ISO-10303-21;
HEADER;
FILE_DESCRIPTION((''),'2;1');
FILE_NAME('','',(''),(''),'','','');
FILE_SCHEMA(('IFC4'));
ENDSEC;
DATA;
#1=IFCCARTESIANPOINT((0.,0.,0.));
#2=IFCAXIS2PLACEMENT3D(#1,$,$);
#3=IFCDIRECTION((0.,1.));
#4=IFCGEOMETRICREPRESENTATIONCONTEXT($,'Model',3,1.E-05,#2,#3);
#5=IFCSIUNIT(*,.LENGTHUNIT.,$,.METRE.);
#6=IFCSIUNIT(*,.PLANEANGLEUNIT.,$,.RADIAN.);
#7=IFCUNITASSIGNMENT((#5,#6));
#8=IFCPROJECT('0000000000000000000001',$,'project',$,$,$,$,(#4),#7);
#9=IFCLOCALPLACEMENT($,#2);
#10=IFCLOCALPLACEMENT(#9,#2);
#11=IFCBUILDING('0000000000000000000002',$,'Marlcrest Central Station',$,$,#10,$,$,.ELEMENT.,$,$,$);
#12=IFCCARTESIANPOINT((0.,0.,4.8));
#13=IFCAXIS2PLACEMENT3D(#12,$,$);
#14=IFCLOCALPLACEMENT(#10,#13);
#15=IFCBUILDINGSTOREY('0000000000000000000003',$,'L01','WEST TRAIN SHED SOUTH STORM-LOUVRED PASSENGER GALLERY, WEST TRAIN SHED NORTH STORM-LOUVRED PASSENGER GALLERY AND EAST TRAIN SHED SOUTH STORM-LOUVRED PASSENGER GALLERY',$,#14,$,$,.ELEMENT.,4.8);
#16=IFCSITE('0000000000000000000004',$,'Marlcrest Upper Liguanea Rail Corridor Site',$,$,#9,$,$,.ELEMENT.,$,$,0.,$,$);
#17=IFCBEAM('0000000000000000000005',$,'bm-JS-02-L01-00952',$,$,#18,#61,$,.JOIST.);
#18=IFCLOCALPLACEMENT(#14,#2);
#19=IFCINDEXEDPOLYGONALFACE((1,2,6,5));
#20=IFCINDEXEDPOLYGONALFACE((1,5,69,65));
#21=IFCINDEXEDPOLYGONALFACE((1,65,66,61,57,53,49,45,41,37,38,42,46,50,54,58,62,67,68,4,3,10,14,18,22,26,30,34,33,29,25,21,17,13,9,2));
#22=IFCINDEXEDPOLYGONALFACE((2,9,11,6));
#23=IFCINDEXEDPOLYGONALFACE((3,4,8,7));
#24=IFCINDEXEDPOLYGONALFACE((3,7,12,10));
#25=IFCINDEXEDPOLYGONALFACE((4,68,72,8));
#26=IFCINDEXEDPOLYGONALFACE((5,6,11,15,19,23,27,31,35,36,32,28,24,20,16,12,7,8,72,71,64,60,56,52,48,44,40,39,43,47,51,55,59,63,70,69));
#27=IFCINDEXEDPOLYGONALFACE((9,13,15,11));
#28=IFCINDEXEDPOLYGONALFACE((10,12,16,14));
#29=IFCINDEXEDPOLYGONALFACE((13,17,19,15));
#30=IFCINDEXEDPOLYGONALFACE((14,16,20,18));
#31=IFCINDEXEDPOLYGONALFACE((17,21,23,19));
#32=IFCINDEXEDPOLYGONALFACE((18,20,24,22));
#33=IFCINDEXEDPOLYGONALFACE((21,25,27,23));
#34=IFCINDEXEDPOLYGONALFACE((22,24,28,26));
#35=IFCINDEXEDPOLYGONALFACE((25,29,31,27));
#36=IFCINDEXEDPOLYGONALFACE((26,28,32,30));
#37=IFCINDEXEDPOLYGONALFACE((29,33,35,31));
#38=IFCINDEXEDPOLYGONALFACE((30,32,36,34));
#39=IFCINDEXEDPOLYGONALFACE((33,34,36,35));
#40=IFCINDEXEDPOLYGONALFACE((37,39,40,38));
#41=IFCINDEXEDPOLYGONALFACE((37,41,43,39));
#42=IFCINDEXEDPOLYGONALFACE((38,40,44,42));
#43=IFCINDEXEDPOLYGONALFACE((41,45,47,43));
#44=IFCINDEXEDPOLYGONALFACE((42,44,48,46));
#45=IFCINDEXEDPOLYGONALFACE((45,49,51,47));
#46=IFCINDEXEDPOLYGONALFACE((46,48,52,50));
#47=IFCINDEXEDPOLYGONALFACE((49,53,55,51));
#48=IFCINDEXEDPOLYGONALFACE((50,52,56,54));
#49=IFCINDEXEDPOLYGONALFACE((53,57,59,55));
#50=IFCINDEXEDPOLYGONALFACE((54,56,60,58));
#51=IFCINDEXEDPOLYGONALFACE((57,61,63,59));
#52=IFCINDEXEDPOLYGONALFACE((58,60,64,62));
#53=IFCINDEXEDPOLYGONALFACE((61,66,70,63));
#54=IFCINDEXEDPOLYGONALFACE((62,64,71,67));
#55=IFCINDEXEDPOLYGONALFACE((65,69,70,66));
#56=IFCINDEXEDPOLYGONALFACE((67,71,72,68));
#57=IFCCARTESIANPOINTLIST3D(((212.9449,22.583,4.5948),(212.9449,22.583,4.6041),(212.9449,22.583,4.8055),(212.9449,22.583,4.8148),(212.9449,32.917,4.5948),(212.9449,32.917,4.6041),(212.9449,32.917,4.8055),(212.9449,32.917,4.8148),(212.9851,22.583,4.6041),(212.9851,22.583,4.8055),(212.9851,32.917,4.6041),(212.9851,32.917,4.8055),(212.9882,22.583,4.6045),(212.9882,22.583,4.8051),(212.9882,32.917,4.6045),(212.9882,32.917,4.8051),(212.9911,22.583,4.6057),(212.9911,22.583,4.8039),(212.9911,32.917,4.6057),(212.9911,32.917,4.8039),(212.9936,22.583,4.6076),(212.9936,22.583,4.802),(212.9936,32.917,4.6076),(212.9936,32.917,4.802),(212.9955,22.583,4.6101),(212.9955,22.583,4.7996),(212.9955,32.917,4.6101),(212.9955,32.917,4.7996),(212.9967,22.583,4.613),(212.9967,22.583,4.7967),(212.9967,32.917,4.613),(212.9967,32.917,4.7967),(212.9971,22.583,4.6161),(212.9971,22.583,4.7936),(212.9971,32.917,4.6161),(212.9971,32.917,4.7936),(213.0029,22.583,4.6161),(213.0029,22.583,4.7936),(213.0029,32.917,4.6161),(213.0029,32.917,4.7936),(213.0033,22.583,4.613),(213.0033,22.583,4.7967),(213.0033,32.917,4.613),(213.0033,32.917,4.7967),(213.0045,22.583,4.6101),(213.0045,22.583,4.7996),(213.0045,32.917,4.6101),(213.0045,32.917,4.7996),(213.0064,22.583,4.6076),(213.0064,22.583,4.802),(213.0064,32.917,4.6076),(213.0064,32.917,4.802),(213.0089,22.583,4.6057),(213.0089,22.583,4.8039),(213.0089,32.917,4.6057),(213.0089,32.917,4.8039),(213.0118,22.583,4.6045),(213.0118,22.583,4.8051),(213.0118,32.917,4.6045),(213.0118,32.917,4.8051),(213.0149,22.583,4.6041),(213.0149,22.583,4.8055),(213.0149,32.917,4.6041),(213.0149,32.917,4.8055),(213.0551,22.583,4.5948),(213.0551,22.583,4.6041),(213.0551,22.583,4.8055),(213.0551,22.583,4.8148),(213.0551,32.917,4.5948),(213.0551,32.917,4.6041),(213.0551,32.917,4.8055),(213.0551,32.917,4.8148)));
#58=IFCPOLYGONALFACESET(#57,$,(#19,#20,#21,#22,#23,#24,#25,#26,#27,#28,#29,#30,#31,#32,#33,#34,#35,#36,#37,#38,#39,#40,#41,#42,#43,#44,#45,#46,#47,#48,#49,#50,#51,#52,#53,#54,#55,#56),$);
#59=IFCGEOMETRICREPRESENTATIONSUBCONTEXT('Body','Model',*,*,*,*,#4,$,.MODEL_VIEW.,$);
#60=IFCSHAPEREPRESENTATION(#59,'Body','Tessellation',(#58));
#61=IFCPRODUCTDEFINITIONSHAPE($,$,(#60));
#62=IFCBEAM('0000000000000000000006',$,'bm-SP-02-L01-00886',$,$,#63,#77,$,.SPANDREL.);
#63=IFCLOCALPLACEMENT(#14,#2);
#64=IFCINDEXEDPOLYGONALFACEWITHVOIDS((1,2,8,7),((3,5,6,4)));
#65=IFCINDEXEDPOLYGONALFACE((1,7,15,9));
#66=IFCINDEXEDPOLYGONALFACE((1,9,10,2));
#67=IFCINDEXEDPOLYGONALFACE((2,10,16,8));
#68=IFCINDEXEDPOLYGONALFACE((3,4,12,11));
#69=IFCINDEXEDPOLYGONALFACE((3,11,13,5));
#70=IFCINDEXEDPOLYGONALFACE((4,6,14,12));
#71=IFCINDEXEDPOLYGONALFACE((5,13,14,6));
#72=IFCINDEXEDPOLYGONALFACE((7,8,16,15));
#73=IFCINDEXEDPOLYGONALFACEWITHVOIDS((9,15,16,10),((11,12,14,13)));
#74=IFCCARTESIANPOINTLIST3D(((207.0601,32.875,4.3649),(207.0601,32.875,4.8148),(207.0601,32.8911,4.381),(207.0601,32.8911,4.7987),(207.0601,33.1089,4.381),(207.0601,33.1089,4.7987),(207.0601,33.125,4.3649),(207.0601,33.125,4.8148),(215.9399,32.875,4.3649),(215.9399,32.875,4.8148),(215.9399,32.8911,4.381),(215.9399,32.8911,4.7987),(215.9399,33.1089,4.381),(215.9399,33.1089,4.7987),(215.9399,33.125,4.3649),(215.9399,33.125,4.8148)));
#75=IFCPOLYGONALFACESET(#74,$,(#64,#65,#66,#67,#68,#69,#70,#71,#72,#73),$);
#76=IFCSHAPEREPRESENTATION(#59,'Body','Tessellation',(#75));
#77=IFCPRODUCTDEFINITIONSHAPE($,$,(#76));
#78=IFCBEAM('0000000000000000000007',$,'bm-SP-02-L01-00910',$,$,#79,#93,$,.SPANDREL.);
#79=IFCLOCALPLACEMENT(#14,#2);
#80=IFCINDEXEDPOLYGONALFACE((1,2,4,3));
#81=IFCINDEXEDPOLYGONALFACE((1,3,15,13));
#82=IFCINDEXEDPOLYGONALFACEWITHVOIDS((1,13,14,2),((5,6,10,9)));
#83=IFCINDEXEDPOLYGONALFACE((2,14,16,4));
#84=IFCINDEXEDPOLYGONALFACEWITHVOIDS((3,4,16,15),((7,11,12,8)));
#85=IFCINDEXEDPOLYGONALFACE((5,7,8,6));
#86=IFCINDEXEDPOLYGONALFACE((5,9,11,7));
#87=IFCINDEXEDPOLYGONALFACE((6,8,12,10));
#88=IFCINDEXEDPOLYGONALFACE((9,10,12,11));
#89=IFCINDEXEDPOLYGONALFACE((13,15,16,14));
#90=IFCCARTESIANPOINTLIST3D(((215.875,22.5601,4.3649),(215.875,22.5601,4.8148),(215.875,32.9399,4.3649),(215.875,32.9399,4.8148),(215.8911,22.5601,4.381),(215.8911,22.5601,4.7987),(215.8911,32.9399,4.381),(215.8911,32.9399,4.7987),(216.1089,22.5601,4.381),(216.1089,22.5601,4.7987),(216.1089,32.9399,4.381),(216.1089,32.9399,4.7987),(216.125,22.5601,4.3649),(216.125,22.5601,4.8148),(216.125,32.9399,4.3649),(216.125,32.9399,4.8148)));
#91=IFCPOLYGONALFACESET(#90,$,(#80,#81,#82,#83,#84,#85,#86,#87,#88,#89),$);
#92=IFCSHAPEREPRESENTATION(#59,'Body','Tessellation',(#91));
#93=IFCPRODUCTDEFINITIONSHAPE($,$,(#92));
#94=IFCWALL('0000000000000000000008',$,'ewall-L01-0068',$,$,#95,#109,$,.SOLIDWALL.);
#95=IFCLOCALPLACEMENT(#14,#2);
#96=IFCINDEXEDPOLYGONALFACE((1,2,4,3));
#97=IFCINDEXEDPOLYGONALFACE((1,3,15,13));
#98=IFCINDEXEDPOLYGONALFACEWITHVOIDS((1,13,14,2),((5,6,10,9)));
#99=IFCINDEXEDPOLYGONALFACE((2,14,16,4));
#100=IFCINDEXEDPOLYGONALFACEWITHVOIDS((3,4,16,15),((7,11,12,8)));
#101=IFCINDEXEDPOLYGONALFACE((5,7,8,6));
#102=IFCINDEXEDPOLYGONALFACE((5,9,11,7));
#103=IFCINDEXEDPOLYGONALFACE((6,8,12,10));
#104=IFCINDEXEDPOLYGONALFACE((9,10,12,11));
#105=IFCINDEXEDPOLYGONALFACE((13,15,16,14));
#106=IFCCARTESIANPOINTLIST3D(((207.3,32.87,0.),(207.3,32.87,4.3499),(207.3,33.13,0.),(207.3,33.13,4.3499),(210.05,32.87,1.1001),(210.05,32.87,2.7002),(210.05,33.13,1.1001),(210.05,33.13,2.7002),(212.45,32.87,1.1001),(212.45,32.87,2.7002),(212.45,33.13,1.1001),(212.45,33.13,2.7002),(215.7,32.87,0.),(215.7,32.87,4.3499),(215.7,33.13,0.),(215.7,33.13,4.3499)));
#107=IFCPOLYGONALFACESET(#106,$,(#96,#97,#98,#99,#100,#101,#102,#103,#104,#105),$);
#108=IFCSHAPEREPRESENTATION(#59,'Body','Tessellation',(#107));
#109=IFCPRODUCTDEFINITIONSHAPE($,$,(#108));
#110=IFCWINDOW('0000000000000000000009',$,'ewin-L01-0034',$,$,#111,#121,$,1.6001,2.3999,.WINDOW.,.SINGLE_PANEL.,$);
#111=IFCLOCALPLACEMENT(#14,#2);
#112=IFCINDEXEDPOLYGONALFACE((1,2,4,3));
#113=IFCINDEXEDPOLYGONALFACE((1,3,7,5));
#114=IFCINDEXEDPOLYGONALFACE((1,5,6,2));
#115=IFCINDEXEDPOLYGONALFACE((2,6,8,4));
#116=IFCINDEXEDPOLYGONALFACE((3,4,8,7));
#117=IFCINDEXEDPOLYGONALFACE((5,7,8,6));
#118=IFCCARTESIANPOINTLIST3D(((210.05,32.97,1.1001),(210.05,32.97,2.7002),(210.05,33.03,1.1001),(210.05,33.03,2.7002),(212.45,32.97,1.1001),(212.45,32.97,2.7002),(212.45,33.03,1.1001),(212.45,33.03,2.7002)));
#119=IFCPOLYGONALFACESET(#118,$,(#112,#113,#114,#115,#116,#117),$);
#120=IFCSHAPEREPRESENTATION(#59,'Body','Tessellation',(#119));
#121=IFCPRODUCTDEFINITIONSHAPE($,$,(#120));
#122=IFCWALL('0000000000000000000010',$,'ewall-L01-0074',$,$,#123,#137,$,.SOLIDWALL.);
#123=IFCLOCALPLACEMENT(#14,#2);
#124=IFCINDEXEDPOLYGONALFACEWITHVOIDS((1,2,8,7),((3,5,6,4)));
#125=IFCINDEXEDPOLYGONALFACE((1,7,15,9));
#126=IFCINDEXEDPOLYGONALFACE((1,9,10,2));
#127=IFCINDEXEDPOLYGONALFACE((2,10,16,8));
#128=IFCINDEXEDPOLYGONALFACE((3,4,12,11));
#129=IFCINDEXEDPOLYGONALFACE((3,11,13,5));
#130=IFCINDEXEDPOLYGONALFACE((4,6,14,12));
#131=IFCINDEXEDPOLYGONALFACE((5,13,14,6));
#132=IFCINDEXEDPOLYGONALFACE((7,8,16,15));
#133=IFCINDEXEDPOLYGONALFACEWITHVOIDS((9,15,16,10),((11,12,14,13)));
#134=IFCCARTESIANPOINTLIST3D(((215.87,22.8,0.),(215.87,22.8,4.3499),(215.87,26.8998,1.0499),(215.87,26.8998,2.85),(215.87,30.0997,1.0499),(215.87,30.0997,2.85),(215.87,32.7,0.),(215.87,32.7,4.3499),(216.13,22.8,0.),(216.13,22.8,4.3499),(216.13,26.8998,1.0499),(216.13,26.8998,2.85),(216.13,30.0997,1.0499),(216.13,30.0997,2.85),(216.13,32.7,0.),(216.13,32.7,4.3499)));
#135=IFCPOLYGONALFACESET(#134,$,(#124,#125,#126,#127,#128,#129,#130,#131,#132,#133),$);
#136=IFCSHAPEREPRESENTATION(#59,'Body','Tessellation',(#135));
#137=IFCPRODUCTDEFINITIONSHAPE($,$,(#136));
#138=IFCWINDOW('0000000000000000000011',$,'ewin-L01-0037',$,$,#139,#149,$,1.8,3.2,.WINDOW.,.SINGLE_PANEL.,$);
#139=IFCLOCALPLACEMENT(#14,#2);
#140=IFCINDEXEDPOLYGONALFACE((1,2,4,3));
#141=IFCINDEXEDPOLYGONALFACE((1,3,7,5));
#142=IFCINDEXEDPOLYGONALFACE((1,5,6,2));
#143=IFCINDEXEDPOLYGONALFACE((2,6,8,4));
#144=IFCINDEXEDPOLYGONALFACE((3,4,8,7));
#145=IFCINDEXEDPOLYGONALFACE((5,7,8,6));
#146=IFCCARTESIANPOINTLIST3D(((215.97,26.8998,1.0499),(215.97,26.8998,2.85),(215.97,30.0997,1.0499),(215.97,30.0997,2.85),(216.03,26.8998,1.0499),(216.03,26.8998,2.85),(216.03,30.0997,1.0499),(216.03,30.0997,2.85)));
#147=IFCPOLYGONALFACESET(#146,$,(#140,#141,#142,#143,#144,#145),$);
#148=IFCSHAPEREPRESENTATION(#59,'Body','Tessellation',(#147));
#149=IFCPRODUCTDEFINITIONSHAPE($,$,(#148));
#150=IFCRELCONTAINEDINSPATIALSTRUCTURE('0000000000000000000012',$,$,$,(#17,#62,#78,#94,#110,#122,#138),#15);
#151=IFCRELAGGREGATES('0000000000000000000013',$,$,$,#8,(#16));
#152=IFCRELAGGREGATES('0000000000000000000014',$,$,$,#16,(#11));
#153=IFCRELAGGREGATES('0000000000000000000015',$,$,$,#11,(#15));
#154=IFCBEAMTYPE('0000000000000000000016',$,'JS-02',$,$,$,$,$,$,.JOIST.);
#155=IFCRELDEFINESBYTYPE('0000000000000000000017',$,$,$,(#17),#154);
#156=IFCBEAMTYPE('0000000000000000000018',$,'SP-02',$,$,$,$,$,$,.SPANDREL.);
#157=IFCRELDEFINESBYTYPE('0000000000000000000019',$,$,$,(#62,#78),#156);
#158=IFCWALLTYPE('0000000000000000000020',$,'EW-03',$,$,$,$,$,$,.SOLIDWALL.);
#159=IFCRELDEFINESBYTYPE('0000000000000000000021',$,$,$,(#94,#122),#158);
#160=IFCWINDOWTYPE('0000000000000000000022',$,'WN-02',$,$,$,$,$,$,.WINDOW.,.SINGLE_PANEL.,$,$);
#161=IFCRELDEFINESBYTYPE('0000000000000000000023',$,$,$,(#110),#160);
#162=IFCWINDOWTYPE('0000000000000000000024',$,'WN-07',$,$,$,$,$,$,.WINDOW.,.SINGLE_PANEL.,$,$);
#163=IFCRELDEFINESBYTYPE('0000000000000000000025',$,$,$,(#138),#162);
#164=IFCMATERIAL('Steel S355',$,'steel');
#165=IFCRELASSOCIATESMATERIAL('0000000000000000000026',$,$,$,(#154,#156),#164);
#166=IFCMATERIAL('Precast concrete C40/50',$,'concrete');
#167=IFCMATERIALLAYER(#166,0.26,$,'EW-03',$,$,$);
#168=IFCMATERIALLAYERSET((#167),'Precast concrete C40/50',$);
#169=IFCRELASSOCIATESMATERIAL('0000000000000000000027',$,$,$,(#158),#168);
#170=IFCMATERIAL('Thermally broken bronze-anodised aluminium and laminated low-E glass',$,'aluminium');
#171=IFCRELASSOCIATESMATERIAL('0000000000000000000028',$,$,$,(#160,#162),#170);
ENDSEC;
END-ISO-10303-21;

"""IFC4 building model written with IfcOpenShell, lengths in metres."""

from ifc_helpers import new_model, si_unit, direction, frame, frame_2d, origin, origin_2d, place, context, subcontext, project, spatial, rectangle, hollow_rectangle, i_section, extrude, material, layer, layer_set, material_profile, profile_set, type_object, element, fill, save


model = new_model("IFC4")

# Units and contexts
model_context = context("Model", 3, precision=1e-05, world=origin(), true_north=direction((0.0, 1.0)))
body_context = subcontext(model_context, "Body", "Model", "MODEL_VIEW")
ifc_project = project(units=[si_unit("LENGTHUNIT", "METRE"), si_unit("PLANEANGLEUNIT", "RADIAN")], contexts=[model_context])

# Site, building, storey
site_placement = place(None, origin())
site = spatial("IfcSite", under=ifc_project, at=site_placement, Name="Marlcrest Upper Liguanea Rail Corridor Site", CompositionType="ELEMENT", RefElevation=0.0)
building_placement = place(site_placement, origin())
building = spatial("IfcBuilding", under=site, at=building_placement, Name="Marlcrest Central Station", CompositionType="ELEMENT")
storey_placement = place(building_placement, frame((0.0, 0.0, 4.8)))
storey = spatial("IfcBuildingStorey", under=building, at=storey_placement, Name="L01", Description="WEST TRAIN SHED SOUTH STORM-LOUVRED PASSENGER GALLERY, WEST TRAIN SHED NORTH STORM-LOUVRED PASSENGER GALLERY AND EAST TRAIN SHED SOUTH STORM-LOUVRED PASSENGER GALLERY", CompositionType="ELEMENT", Elevation=4.8)

# Shared definitions
ifc_material_1 = material(Name="Precast concrete C40/50", Category="concrete")
ifc_material_2 = material(Name="Steel S355", Category="steel")

# Beams
ifc_material_profile_1 = material_profile(ifc_material_2, i_section(OverallWidth=0.1101, OverallDepth=0.22, WebThickness=0.0059, FlangeThickness=0.0093, FilletRadius=0.012, at=origin_2d()), Name="IPE 220")
ifc_profile_set_1 = profile_set([ifc_material_profile_1], Name="Steel S355")
beam_type_1 = type_object("IfcBeamType", Name="JS-02", PredefinedType="JOIST", material=ifc_profile_set_1)
for number, where, z_axis, x_axis, name in (
    (1, (213.0, 22.583, 4.7048), (0.0, 1.0, 0.0), (-1.0, 0.0, 0.0), "bm-JS-02-L01-00952"),
):
    element("IfcBeam", number, at=place(storey_placement, frame(where, z_axis=z_axis, x_axis=x_axis)), inside=storey, type_object=beam_type_1, Name=name, PredefinedType="JOIST", context=body_context, shape_type="SweptSolid", body=[
        extrude(i_section(OverallWidth=0.1101, OverallDepth=0.22, WebThickness=0.0059, FlangeThickness=0.0093, FilletRadius=0.012, at=origin_2d()), origin(), (0.0, 0.0, 1.0), 10.334),
    ])
ifc_material_profile_2 = material_profile(ifc_material_2, hollow_rectangle(XDim=0.25, YDim=0.45, WallThickness=0.0161, at=origin_2d()), Name="RHS 450x250x16")
ifc_profile_set_2 = profile_set([ifc_material_profile_2], Name="Steel S355")
beam_type_2 = type_object("IfcBeamType", Name="SP-02", PredefinedType="SPANDREL", material=ifc_profile_set_2)
beam_1_placement = place(storey_placement, frame((207.0601, 33.0, 4.5898), z_axis=(1.0, 0.0, 0.0), x_axis=(0.0, 1.0, 0.0)))
element("IfcBeam", 2, at=beam_1_placement, inside=storey, type_object=beam_type_2, Name="bm-SP-02-L01-00886", PredefinedType="SPANDREL", context=body_context, shape_type="SweptSolid", body=[
    extrude(hollow_rectangle(XDim=0.25, YDim=0.45, WallThickness=0.0161, at=origin_2d()), origin(), (0.0, 0.0, 1.0), 8.8799),
])
beam_2_placement = place(storey_placement, frame((216.0, 22.5601, 4.5898), z_axis=(0.0, 1.0, 0.0), x_axis=(-1.0, 0.0, 0.0)))
element("IfcBeam", 3, at=beam_2_placement, inside=storey, type_object=beam_type_2, Name="bm-SP-02-L01-00910", PredefinedType="SPANDREL", context=body_context, shape_type="SweptSolid", body=[
    extrude(hollow_rectangle(XDim=0.25, YDim=0.45, WallThickness=0.0161, at=origin_2d()), origin(), (0.0, 0.0, 1.0), 10.3799),
])

# Walls, openings, windows
ifc_layer_1 = layer(ifc_material_1, 0.26, Name="EW-03")
ifc_layer_set_1 = layer_set([ifc_layer_1], Name="Precast concrete C40/50")
wall_type_1 = type_object("IfcWallType", Name="EW-03", PredefinedType="SOLIDWALL", material=ifc_layer_set_1)
wall_1_placement = place(storey_placement, frame((207.3, 33.0, 0.0), z_axis=(0.0, 0.0, 1.0), x_axis=(1.0, 0.0, 0.0)))
wall_1 = element("IfcWall", 4, at=wall_1_placement, inside=storey, type_object=wall_type_1, Name="ewall-L01-0068", PredefinedType="SOLIDWALL", context=body_context, shape_type="SweptSolid", body=[
    extrude(rectangle(XDim=8.3999, YDim=0.26, at=frame_2d((4.2, 0.0))), origin(), (0.0, 0.0, 1.0), 4.3499),
])
opening_1_placement = place(wall_1_placement, frame((2.75, 0.0, 1.1001)))
opening_1 = element("IfcOpeningElement", 5, at=opening_1_placement, cuts=wall_1, PredefinedType="OPENING", context=body_context, shape_type="SweptSolid", body=[
    extrude(rectangle(XDim=2.3999, YDim=1.6001, at=frame_2d((1.2, 0.8))), frame((0.0, 0.1399, 0.0), z_axis=(0.0, -1.0, 0.0), x_axis=(1.0, 0.0, 0.0)), (0.0, 0.0, 1.0), 0.28),
])
ifc_material_3 = material(Name="Thermally broken bronze-anodised aluminium and laminated low-E glass", Category="aluminium")
window_type_1 = type_object("IfcWindowType", Name="WN-02", PartitioningType="SINGLE_PANEL", PredefinedType="WINDOW", material=ifc_material_3)
window_1_placement = place(opening_1_placement, origin())
window_1 = element("IfcWindow", 6, at=window_1_placement, inside=storey, type_object=window_type_1, Name="ewin-L01-0034", OverallHeight=1.6001, OverallWidth=2.3999, PartitioningType="SINGLE_PANEL", PredefinedType="WINDOW", context=body_context, shape_type="SweptSolid", body=[
    extrude(rectangle(XDim=2.3999, YDim=1.6001, at=frame_2d((1.2, 0.8))), frame((0.0, 0.03, 0.0), z_axis=(0.0, -1.0, 0.0), x_axis=(1.0, 0.0, 0.0)), (0.0, 0.0, 1.0), 0.0601),
])
fill(opening_1, window_1)
wall_2_placement = place(storey_placement, frame((216.0, 32.7, 0.0), z_axis=(0.0, 0.0, 1.0), x_axis=(0.0, -1.0, 0.0)))
wall_2 = element("IfcWall", 7, at=wall_2_placement, inside=storey, type_object=wall_type_1, Name="ewall-L01-0074", PredefinedType="SOLIDWALL", context=body_context, shape_type="SweptSolid", body=[
    extrude(rectangle(XDim=9.8999, YDim=0.26, at=frame_2d((4.95, 0.0))), origin(), (0.0, 0.0, 1.0), 4.3499),
])
opening_2_placement = place(wall_2_placement, frame((2.6001, 0.0, 1.05)))
opening_2 = element("IfcOpeningElement", 8, at=opening_2_placement, cuts=wall_2, PredefinedType="OPENING", context=body_context, shape_type="SweptSolid", body=[
    extrude(rectangle(XDim=3.2, YDim=1.8, at=frame_2d((1.6001, 0.8999))), frame((0.0, 0.1399, 0.0), z_axis=(0.0, -1.0, 0.0), x_axis=(1.0, 0.0, 0.0)), (0.0, 0.0, 1.0), 0.28),
])
window_type_2 = type_object("IfcWindowType", Name="WN-07", PartitioningType="SINGLE_PANEL", PredefinedType="WINDOW", material=ifc_material_3)
window_2_placement = place(opening_2_placement, origin())
window_2 = element("IfcWindow", 9, at=window_2_placement, inside=storey, type_object=window_type_2, Name="ewin-L01-0037", OverallHeight=1.8, OverallWidth=3.2, PartitioningType="SINGLE_PANEL", PredefinedType="WINDOW", context=body_context, shape_type="SweptSolid", body=[
    extrude(rectangle(XDim=3.2, YDim=1.8, at=frame_2d((1.6001, 0.8999))), frame((0.0, 0.03, 0.0), z_axis=(0.0, -1.0, 0.0), x_axis=(1.0, 0.0, 0.0)), (0.0, 0.0, 1.0), 0.0601),
])
fill(opening_2, window_2)

save(model, "model.ifc")
